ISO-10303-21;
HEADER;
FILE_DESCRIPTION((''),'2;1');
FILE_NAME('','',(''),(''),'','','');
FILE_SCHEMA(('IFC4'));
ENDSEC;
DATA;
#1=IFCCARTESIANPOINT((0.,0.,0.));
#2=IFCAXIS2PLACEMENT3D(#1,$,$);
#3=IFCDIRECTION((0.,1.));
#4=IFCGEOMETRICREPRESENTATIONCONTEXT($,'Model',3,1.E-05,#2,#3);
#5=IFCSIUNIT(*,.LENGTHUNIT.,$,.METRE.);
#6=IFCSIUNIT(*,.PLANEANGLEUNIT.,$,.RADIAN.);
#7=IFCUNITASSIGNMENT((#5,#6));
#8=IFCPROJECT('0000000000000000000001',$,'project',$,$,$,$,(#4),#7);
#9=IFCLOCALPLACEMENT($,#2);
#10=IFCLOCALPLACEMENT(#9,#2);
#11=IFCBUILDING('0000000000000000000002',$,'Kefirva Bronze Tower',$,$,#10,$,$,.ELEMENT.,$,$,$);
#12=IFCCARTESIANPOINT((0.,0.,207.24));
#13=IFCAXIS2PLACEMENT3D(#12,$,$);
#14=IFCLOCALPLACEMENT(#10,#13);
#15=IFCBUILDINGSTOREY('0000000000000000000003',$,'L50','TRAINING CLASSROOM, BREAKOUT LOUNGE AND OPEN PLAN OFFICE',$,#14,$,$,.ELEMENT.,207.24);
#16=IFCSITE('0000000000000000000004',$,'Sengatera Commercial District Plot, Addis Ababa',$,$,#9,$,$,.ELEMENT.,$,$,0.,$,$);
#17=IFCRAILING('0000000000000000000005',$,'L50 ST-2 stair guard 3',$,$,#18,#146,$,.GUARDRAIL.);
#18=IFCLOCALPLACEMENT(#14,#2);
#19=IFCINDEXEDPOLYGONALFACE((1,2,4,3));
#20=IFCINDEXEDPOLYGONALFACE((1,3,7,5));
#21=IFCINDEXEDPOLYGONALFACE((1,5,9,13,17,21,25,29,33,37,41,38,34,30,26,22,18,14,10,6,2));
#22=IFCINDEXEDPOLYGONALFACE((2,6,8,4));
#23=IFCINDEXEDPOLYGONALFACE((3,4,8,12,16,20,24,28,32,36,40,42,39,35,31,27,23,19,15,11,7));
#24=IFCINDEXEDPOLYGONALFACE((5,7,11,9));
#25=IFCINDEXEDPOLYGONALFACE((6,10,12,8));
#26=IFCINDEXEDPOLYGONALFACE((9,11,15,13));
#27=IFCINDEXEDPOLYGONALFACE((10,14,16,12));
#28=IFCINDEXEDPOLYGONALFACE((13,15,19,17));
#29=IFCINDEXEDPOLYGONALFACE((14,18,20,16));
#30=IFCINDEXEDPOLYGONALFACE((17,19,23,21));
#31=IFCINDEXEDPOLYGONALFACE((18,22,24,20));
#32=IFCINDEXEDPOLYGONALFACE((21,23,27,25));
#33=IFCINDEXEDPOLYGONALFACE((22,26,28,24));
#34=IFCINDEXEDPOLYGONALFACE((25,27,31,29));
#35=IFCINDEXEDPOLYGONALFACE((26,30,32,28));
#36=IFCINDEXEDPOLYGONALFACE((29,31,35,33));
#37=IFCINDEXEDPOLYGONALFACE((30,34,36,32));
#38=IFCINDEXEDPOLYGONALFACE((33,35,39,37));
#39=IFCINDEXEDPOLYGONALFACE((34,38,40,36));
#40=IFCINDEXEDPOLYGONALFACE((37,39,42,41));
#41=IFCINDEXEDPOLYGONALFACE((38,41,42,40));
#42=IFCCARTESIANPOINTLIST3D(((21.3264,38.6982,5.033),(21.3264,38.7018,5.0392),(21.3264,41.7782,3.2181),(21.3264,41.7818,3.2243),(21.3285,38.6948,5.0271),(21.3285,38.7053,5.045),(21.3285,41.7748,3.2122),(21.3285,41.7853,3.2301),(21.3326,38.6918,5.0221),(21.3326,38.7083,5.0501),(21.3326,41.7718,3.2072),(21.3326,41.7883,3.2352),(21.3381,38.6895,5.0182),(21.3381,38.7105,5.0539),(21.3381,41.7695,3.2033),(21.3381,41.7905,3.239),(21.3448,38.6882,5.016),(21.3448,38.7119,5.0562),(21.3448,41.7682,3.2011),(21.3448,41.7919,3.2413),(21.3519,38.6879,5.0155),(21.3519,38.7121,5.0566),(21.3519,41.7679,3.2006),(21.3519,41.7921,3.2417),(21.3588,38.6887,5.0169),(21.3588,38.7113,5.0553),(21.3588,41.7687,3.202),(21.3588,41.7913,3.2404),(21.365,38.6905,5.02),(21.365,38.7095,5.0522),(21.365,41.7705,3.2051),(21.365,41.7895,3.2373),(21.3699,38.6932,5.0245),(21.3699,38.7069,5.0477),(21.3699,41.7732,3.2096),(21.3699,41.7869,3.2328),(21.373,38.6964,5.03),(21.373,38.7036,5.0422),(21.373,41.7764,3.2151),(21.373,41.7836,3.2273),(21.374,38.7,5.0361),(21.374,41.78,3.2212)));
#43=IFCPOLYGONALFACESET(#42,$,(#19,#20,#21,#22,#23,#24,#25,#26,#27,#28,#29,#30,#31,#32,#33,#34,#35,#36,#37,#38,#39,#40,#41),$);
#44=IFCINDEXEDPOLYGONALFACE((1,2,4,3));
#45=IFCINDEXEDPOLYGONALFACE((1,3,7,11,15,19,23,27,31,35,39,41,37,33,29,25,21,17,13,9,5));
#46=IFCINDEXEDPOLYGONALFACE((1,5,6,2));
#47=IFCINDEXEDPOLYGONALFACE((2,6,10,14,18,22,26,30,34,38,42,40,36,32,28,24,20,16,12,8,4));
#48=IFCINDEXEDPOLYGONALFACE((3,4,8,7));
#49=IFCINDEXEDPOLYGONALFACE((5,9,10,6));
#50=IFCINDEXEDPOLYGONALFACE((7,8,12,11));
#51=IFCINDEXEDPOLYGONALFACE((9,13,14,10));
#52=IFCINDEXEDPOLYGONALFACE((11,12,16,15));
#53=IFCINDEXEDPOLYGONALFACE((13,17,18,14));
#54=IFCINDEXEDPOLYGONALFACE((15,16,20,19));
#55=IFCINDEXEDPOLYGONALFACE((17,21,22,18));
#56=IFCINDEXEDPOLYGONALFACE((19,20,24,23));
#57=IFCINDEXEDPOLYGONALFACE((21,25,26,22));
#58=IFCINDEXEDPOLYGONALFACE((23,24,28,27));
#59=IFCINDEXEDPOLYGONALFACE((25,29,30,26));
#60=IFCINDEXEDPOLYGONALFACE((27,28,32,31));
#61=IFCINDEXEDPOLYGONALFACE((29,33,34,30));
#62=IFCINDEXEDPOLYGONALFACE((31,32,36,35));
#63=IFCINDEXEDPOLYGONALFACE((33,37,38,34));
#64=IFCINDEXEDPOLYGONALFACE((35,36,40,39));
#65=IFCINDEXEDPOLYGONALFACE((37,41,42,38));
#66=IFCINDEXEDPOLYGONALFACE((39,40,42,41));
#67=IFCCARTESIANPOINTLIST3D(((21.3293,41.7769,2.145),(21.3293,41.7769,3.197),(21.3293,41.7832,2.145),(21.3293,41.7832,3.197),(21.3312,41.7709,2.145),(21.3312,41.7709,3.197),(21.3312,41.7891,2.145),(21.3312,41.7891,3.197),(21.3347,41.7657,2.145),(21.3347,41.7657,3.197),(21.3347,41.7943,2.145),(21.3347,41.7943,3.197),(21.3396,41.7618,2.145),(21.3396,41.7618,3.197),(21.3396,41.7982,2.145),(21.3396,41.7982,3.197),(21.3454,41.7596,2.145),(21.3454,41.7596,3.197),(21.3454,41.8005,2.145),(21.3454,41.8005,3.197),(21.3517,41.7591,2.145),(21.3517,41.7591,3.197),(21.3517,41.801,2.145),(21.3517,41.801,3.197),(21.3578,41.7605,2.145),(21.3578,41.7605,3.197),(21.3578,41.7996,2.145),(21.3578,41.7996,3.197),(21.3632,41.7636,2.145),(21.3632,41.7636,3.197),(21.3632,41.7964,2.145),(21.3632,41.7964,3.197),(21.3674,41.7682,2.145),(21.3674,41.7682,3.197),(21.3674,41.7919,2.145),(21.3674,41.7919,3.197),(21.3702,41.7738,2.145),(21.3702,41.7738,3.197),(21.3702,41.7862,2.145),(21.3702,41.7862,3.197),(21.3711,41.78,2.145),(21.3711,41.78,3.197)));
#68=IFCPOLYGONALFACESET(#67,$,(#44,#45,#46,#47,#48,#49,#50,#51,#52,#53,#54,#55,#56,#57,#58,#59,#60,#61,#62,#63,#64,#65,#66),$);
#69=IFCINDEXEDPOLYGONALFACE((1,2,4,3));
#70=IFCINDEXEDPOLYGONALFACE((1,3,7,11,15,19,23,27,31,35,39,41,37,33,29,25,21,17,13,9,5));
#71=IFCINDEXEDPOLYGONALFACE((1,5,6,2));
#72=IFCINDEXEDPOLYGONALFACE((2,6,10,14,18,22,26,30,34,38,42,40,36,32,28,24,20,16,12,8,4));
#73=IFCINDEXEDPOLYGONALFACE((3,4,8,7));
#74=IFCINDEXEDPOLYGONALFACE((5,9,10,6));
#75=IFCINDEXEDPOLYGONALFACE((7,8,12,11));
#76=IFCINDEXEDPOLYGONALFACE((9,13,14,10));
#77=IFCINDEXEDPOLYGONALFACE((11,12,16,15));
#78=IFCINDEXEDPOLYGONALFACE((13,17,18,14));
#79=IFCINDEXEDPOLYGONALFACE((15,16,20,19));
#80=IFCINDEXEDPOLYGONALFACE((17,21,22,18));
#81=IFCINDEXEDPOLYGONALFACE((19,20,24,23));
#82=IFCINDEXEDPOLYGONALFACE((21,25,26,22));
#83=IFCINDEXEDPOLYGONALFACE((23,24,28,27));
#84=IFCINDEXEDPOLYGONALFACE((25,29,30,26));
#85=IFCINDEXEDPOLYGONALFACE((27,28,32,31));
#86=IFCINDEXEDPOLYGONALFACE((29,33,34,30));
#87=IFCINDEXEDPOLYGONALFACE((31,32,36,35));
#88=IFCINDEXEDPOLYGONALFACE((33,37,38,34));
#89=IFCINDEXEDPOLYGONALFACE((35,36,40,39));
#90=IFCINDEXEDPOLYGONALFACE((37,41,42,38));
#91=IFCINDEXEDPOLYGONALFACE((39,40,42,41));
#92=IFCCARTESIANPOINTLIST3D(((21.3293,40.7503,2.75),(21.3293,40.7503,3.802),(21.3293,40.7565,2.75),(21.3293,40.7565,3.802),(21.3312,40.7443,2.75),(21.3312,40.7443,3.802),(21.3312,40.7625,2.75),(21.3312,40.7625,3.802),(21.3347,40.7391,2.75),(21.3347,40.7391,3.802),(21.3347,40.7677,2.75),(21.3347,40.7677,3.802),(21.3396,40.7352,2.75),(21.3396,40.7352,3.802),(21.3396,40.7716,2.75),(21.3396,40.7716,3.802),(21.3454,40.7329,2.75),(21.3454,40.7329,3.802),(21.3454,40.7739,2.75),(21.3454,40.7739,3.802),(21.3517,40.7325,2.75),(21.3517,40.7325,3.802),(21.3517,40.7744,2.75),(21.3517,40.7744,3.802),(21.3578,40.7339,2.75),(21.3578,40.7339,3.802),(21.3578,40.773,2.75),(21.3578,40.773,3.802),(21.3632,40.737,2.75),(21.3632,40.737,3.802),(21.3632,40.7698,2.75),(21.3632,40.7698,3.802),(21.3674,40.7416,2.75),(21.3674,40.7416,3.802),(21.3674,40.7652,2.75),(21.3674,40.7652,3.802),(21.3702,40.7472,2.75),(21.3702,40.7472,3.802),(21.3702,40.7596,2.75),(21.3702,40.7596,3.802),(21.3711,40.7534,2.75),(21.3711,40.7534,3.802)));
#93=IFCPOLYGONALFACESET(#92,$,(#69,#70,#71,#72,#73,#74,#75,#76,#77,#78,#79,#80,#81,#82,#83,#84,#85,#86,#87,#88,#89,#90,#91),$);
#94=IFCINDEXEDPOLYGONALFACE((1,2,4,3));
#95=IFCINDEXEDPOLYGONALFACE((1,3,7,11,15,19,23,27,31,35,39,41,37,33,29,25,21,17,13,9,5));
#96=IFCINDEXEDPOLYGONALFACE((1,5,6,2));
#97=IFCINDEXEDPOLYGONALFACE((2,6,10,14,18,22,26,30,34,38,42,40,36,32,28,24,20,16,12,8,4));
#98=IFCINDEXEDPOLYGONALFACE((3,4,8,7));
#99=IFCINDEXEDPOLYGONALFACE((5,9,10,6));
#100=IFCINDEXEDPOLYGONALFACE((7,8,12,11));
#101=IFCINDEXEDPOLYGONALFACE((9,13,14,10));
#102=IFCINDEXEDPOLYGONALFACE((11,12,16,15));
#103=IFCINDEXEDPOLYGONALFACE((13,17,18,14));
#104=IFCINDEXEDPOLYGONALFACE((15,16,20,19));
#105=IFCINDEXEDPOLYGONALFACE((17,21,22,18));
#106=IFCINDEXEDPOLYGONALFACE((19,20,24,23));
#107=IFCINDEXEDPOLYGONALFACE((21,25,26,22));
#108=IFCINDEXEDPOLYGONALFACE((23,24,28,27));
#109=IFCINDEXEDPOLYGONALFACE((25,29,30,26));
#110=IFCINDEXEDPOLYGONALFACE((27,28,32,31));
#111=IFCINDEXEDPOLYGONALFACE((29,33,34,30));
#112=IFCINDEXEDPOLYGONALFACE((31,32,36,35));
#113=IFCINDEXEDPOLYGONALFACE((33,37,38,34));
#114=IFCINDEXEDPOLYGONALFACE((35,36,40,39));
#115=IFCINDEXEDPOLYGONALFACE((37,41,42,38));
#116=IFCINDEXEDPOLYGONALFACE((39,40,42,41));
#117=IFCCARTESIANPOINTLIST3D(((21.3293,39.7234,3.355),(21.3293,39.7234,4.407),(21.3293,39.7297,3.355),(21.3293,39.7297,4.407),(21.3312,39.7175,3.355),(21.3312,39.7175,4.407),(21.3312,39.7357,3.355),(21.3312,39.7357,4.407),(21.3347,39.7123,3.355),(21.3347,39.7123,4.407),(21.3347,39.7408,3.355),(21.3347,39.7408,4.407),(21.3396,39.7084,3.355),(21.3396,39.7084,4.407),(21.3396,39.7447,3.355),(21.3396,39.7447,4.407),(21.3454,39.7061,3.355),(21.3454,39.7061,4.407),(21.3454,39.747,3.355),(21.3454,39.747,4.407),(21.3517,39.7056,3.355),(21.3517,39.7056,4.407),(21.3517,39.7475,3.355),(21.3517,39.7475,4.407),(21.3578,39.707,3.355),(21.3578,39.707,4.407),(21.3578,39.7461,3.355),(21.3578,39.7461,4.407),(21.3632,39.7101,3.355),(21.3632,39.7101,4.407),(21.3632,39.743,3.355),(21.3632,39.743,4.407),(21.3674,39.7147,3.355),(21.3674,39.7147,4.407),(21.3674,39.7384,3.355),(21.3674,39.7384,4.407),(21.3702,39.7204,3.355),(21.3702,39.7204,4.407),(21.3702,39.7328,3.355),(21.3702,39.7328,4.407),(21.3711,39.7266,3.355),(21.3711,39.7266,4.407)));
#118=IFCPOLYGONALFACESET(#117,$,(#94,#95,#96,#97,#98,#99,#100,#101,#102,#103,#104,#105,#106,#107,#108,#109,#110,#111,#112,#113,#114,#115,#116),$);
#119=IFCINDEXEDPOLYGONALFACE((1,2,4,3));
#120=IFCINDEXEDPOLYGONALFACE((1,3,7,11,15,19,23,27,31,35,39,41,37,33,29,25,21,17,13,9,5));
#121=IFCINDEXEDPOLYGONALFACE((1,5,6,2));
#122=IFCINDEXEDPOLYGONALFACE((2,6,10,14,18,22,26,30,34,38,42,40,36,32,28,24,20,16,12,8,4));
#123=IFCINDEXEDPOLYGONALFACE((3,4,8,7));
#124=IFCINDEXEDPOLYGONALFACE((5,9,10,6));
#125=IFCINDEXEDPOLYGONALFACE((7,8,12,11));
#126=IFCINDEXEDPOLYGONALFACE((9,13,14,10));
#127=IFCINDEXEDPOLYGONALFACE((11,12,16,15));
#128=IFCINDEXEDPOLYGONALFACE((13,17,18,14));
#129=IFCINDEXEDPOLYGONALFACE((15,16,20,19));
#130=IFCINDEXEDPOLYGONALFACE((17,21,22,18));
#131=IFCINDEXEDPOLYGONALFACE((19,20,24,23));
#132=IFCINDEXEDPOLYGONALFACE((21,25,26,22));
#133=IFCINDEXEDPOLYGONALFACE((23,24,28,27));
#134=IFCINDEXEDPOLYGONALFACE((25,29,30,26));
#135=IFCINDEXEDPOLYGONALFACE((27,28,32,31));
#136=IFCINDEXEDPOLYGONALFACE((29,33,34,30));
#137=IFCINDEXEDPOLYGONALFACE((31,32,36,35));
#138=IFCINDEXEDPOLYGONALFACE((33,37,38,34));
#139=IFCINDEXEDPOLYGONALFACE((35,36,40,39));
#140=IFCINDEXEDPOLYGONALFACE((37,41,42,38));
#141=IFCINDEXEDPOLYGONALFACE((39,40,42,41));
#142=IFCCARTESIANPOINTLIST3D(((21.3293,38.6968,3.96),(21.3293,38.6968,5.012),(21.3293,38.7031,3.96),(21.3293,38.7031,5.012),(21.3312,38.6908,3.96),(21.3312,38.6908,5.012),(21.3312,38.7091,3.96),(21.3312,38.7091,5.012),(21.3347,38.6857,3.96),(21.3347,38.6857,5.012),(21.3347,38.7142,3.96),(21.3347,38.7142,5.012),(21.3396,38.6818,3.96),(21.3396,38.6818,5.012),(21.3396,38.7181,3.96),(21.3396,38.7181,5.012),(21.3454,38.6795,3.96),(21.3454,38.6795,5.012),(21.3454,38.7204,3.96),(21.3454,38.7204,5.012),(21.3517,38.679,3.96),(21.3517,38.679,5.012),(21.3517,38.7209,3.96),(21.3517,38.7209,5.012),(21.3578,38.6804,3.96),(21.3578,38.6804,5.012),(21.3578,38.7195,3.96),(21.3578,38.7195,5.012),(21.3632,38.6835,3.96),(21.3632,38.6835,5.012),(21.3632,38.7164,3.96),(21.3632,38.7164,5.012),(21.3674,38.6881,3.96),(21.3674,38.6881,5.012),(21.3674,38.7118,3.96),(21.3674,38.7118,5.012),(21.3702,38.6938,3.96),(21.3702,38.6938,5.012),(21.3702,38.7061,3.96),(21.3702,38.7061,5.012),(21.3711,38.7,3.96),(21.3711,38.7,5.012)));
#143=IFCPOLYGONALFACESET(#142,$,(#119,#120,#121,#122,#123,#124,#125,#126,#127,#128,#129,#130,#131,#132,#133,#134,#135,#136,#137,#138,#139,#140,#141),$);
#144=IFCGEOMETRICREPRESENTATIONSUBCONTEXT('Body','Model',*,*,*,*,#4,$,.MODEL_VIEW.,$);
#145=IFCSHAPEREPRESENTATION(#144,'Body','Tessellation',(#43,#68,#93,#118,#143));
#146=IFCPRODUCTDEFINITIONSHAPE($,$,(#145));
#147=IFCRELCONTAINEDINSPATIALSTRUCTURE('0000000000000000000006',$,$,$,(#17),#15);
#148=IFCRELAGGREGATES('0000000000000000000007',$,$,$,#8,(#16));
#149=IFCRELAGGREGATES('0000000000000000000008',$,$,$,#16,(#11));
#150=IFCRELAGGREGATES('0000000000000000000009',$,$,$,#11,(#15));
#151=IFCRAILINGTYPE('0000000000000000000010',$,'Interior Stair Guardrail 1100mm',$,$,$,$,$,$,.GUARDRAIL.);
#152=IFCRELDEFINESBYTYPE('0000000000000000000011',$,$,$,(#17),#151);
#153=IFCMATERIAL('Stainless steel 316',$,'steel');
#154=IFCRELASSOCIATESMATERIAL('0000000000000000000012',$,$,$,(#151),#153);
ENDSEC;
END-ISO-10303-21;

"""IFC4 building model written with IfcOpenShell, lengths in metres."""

from ifc_helpers import new_model, si_unit, direction, frame, origin, origin_2d, place, context, subcontext, project, spatial, circle, extrude, material, type_object, element, save


model = new_model("IFC4")

# Units and contexts
model_context = context("Model", 3, precision=1e-05, world=origin(), true_north=direction((0.0, 1.0)))
body_context = subcontext(model_context, "Body", "Model", "MODEL_VIEW")
ifc_project = project(units=[si_unit("LENGTHUNIT", "METRE"), si_unit("PLANEANGLEUNIT", "RADIAN")], contexts=[model_context])

# Site, building, storey
site_placement = place(None, origin())
site = spatial("IfcSite", under=ifc_project, at=site_placement, Name="Sengatera Commercial District Plot, Addis Ababa", CompositionType="ELEMENT", RefElevation=0.0)
building_placement = place(site_placement, origin())
building = spatial("IfcBuilding", under=site, at=building_placement, Name="Kefirva Bronze Tower", CompositionType="ELEMENT")
storey_placement = place(building_placement, frame((0.0, 0.0, 207.24)))
storey = spatial("IfcBuildingStorey", under=building, at=storey_placement, Name="L50", Description="TRAINING CLASSROOM, BREAKOUT LOUNGE AND OPEN PLAN OFFICE", CompositionType="ELEMENT", Elevation=207.24)

# Railing
ifc_material_1 = material(Name="Stainless steel 316", Category="steel")
railing_type_1 = type_object("IfcRailingType", Name="Interior Stair Guardrail 1100mm", PredefinedType="GUARDRAIL", material=ifc_material_1)
railing_1_placement = place(storey_placement, frame((21.3501, 41.78, 2.145)))
element("IfcRailing", 1, at=railing_1_placement, inside=storey, type_object=railing_type_1, Name="L50 ST-2 stair guard 3", PredefinedType="GUARDRAIL", context=body_context, shape_type="SweptSolid", body=[
    extrude(circle(Radius=0.0239, at=origin_2d()), frame((0.0, 0.0, 1.0762), z_axis=(0.0, -0.861551, 0.507671), x_axis=(1.0, 0.0, 0.0)), (0.0, 0.0, 1.0), 3.575),
    extrude(circle(Radius=0.021, at=origin_2d()), origin(), (0.0, 0.0, 1.0), 1.052),
    extrude(circle(Radius=0.021, at=origin_2d()), frame((0.0, -1.0266, 0.605)), (0.0, 0.0, 1.0), 1.052),
    extrude(circle(Radius=0.021, at=origin_2d()), frame((0.0, -2.0535, 1.21)), (0.0, 0.0, 1.0), 1.052),
    extrude(circle(Radius=0.021, at=origin_2d()), frame((0.0, -3.0801, 1.8149)), (0.0, 0.0, 1.0), 1.052),
])

save(model, "model.ifc")
